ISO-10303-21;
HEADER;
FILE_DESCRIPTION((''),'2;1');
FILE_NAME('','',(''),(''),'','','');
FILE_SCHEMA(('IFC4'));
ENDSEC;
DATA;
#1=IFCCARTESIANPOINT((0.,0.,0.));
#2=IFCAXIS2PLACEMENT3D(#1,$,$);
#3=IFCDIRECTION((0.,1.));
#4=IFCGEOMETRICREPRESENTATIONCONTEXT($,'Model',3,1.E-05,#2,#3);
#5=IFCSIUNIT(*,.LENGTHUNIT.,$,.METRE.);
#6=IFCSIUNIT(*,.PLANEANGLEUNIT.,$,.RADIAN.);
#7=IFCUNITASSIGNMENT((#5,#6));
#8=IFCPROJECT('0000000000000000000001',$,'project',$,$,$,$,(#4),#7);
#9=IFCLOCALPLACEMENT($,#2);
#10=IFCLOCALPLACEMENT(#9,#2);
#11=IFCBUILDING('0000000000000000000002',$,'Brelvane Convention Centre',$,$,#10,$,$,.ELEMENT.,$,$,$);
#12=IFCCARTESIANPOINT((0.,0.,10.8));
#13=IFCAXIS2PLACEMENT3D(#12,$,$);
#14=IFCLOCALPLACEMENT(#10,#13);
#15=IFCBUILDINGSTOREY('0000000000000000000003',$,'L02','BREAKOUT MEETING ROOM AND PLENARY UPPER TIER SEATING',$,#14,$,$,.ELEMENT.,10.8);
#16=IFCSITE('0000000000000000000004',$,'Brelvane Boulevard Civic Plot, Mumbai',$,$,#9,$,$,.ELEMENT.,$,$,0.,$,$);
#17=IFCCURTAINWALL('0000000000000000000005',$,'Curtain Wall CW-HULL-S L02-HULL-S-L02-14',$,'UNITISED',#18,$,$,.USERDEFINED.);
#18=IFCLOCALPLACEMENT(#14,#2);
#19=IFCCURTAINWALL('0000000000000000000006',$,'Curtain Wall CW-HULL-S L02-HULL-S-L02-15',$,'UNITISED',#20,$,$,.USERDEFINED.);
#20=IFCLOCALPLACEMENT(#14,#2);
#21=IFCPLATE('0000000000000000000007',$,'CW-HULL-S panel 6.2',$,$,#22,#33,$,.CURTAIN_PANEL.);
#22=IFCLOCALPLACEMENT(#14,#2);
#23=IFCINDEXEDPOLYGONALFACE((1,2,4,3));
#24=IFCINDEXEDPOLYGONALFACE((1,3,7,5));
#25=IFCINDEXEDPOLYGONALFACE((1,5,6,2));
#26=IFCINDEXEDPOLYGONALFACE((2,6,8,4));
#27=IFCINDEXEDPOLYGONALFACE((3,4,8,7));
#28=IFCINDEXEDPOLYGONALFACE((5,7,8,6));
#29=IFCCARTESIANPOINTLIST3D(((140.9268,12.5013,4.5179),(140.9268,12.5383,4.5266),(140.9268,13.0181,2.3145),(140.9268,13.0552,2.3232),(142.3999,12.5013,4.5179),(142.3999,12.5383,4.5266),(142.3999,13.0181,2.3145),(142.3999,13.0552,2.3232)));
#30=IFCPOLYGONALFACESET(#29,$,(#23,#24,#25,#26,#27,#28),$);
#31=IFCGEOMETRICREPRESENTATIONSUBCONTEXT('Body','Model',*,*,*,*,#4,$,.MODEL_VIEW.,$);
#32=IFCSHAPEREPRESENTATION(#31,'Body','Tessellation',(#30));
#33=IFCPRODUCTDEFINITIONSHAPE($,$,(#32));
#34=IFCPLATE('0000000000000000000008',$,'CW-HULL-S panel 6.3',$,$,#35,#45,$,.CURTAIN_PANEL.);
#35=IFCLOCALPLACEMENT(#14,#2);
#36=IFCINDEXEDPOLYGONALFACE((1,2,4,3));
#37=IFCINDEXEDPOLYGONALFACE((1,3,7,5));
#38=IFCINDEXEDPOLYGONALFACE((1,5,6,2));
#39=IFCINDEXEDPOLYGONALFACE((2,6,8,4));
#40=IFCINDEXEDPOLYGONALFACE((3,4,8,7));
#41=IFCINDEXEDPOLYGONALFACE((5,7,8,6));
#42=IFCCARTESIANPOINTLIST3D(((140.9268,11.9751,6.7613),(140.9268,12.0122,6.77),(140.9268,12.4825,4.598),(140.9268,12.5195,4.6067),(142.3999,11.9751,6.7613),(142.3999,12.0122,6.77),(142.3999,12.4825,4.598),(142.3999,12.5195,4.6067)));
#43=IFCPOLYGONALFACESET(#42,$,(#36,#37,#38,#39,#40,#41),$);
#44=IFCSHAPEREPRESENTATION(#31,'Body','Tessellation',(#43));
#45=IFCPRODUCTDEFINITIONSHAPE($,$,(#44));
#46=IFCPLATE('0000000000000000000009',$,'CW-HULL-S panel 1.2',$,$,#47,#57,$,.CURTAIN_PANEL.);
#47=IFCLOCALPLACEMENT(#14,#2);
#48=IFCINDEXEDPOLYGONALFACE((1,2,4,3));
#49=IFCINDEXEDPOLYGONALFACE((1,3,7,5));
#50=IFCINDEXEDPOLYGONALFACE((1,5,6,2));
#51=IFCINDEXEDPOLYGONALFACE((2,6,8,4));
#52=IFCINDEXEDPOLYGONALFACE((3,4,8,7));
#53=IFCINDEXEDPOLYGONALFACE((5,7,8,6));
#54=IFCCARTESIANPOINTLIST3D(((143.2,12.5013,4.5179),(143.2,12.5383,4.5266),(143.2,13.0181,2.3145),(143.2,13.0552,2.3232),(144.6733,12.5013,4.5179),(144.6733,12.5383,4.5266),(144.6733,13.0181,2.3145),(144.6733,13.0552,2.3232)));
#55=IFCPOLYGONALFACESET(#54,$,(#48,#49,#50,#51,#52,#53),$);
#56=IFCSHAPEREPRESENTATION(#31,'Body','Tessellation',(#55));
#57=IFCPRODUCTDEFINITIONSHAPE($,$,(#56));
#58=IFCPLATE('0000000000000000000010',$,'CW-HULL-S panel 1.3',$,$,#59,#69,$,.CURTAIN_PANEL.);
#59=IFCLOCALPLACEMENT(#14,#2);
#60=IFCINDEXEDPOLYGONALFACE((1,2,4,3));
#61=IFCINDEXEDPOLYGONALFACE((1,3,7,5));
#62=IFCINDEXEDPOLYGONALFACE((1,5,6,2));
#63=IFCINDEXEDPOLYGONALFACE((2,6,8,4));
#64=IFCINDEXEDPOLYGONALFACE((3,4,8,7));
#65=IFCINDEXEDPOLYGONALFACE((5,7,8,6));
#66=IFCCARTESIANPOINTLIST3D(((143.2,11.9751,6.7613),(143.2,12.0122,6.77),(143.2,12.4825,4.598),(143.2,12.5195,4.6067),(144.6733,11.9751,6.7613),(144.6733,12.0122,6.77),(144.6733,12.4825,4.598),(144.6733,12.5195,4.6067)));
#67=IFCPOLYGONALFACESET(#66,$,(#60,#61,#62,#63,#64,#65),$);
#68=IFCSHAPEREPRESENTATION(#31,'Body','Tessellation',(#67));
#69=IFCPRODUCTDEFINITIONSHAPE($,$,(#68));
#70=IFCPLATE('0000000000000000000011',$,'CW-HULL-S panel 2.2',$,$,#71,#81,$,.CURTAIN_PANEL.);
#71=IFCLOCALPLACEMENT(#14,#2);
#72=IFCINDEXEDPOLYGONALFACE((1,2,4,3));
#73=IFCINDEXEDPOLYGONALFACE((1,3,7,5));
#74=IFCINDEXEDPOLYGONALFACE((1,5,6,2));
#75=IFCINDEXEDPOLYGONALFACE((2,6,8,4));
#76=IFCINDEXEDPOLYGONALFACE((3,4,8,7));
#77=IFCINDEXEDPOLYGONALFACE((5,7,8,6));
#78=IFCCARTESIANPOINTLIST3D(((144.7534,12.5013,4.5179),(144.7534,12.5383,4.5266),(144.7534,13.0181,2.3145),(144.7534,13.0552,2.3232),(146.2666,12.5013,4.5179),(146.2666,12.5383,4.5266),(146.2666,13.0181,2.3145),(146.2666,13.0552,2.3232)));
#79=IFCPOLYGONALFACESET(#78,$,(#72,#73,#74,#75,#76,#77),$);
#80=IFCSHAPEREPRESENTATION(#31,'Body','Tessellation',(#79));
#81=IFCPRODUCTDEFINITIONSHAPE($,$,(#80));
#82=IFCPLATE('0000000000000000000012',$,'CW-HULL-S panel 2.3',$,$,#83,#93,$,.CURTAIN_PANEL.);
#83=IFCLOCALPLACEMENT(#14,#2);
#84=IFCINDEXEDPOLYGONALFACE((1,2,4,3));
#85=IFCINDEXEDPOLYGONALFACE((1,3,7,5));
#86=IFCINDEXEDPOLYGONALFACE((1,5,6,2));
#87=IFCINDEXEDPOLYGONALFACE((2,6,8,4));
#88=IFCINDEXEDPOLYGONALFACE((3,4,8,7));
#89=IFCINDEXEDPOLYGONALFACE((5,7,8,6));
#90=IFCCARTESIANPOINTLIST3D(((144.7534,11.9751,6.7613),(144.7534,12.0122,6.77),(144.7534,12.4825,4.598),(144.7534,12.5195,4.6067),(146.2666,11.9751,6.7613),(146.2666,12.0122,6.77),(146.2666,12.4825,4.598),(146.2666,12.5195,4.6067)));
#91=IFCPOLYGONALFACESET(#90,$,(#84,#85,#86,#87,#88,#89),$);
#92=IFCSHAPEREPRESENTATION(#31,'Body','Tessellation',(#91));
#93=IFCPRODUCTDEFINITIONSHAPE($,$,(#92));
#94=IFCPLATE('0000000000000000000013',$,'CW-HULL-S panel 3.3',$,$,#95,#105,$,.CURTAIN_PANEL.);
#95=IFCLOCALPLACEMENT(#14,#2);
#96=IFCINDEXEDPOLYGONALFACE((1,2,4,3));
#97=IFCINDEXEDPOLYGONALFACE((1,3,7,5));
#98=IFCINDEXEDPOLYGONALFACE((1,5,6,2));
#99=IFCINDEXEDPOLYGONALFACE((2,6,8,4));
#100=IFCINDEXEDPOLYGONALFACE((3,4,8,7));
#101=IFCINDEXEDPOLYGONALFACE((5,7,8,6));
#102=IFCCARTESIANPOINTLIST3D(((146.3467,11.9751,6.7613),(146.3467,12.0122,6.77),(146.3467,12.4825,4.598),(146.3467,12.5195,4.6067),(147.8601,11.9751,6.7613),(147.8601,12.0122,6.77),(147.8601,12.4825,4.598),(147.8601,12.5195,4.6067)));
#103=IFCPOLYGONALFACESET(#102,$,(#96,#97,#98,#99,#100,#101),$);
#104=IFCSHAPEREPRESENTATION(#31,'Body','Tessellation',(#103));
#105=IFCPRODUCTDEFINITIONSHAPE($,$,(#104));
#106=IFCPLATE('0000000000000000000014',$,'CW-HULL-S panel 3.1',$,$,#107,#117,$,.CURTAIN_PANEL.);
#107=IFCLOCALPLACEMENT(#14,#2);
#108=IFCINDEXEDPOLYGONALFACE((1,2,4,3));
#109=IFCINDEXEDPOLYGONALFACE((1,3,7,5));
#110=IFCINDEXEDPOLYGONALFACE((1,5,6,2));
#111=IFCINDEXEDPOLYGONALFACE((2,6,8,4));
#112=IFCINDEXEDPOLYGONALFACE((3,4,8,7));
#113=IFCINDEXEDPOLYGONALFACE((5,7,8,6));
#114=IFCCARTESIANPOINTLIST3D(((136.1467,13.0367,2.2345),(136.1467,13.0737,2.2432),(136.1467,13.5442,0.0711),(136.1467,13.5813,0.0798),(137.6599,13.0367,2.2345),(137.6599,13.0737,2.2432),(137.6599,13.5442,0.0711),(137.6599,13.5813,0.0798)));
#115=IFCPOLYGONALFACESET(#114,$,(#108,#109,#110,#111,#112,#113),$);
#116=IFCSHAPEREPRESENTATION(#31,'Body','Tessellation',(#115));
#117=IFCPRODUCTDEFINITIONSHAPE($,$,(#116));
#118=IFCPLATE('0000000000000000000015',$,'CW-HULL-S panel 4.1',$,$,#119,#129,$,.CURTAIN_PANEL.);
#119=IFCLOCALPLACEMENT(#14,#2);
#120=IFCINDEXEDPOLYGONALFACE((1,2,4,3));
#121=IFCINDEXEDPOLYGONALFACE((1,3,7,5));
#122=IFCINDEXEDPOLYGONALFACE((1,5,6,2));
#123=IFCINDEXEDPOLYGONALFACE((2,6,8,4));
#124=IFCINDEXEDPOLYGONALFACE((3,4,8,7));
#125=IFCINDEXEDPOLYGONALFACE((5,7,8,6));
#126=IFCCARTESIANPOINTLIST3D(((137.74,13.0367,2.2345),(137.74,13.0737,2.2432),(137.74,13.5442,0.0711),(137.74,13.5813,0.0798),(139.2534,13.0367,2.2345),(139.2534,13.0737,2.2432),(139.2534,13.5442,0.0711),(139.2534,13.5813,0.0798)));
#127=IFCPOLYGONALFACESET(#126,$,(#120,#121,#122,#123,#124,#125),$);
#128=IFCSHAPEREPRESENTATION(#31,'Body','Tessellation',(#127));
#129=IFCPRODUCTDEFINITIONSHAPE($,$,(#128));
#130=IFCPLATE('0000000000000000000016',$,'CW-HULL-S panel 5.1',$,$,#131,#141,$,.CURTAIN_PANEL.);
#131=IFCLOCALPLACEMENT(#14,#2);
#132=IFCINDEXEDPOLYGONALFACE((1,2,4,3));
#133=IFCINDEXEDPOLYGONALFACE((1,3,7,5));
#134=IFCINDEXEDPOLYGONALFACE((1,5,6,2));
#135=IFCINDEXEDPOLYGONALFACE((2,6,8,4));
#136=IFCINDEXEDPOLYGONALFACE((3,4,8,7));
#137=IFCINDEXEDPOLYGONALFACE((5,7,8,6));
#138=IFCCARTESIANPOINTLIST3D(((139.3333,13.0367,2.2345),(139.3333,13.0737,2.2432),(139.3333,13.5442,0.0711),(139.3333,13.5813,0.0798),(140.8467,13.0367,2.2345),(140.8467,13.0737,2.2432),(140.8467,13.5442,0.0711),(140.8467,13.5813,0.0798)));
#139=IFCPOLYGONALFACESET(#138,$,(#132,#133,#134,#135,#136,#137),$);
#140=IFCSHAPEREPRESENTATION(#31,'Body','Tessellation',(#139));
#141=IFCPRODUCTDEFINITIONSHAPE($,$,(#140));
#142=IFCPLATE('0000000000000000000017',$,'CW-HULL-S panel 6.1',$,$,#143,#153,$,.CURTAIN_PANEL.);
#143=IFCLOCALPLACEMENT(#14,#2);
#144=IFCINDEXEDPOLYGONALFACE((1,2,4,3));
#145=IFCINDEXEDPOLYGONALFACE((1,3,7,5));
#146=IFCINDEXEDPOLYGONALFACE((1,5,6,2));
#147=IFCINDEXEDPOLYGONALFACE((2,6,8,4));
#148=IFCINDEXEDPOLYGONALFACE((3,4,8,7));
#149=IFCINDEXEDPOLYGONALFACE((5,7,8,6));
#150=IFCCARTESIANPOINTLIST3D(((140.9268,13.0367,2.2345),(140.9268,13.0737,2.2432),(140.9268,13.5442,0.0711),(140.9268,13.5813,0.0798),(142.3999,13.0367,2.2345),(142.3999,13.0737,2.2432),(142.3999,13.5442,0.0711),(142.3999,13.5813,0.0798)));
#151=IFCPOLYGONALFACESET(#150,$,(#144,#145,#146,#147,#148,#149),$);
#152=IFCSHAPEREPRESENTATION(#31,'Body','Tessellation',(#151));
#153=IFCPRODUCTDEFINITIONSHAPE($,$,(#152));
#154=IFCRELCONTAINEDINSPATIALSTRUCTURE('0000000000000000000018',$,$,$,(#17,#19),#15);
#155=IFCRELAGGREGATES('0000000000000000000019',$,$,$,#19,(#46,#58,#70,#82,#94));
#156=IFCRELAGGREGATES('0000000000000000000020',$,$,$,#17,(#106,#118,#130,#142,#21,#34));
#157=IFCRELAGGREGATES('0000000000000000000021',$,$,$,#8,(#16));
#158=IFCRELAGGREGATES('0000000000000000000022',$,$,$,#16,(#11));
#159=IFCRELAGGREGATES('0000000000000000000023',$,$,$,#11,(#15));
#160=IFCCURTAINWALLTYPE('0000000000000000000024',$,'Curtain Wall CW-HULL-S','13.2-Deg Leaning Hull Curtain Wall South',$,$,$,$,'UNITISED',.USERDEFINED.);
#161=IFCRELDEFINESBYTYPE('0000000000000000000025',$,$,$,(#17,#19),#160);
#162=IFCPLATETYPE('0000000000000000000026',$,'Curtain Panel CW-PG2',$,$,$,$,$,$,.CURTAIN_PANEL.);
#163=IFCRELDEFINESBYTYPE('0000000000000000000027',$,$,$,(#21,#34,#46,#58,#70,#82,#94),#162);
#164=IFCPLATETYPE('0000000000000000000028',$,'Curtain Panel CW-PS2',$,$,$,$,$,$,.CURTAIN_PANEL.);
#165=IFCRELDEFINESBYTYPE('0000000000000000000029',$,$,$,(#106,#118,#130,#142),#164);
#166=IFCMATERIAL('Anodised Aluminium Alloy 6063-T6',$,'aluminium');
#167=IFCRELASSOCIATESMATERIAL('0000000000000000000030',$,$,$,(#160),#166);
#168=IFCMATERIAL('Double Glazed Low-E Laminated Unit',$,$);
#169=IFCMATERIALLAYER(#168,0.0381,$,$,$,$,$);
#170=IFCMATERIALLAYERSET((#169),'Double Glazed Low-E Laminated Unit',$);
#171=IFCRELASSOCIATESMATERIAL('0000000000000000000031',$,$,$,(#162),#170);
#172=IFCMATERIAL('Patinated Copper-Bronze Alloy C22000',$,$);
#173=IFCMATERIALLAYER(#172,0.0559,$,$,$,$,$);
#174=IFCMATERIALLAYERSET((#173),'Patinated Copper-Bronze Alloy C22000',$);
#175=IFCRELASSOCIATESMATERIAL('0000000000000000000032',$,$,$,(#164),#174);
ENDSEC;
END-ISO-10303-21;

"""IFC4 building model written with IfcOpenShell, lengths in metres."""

from ifc_helpers import new_model, si_unit, direction, frame, origin, place, context, subcontext, project, spatial, polyline, outline, extrude, material, layer, layer_set, type_object, element, aggregate, save


model = new_model("IFC4")

# Units and contexts
model_context = context("Model", 3, precision=1e-05, world=origin(), true_north=direction((0.0, 1.0)))
body_context = subcontext(model_context, "Body", "Model", "MODEL_VIEW")
ifc_project = project(units=[si_unit("LENGTHUNIT", "METRE"), si_unit("PLANEANGLEUNIT", "RADIAN")], contexts=[model_context])

# Site, building, storey
site_placement = place(None, origin())
site = spatial("IfcSite", under=ifc_project, at=site_placement, Name="Brelvane Boulevard Civic Plot, Mumbai", CompositionType="ELEMENT", RefElevation=0.0)
building_placement = place(site_placement, origin())
building = spatial("IfcBuilding", under=site, at=building_placement, Name="Brelvane Convention Centre", CompositionType="ELEMENT")
storey_placement = place(building_placement, frame((0.0, 0.0, 10.8)))
storey = spatial("IfcBuildingStorey", under=building, at=storey_placement, Name="L02", Description="BREAKOUT MEETING ROOM AND PLENARY UPPER TIER SEATING", CompositionType="ELEMENT", Elevation=10.8)

# Curtain walls
ifc_material_1 = material(Name="Anodised Aluminium Alloy 6063-T6", Category="aluminium")
curtain_wall_type = type_object("IfcCurtainWallType", Name="Curtain Wall CW-HULL-S", Description="13.2-Deg Leaning Hull Curtain Wall South", ElementType="UNITISED", PredefinedType="USERDEFINED", material=ifc_material_1)
curtain_wall_1_placement = place(storey_placement, origin())
curtain_wall_1 = element("IfcCurtainWall", 1, at=curtain_wall_1_placement, inside=storey, type_object=curtain_wall_type, Name="Curtain Wall CW-HULL-S L02-HULL-S-L02-14", ObjectType="UNITISED", PredefinedType="USERDEFINED")
curtain_wall_2_placement = place(storey_placement, origin())
curtain_wall_2 = element("IfcCurtainWall", 2, at=curtain_wall_2_placement, inside=storey, type_object=curtain_wall_type, Name="Curtain Wall CW-HULL-S L02-HULL-S-L02-15", ObjectType="UNITISED", PredefinedType="USERDEFINED")

# Plates
ifc_material_2 = material(Name="Double Glazed Low-E Laminated Unit")
ifc_layer_1 = layer(ifc_material_2, 0.0381)
ifc_layer_set_1 = layer_set([ifc_layer_1], Name="Double Glazed Low-E Laminated Unit")
plate_type_1 = type_object("IfcPlateType", Name="Curtain Panel CW-PG2", PredefinedType="CURTAIN_PANEL", material=ifc_layer_set_1)
plate_1_placement = place(storey_placement, frame((140.9268, 13.0552, 2.3232), z_axis=(0.0, 0.973574, 0.228372), x_axis=(1.0, 0.0, 0.0)))
plate_1 = element("IfcPlate", 3, at=plate_1_placement, type_object=plate_type_1, Name="CW-HULL-S panel 6.2", PredefinedType="CURTAIN_PANEL", context=body_context, shape_type="SweptSolid", body=[
    extrude(outline(polyline([(0.0, 0.0), (1.4731, 0.0), (1.4731, -2.2632), (0.0, -2.2632), (0.0, 0.0)])), origin(), (0.0, 0.0, -1.0), 0.0381),
])
plate_2_placement = place(storey_placement, frame((140.9268, 12.5195, 4.6067), z_axis=(0.0, 0.973587, 0.228317), x_axis=(1.0, 0.0, 0.0)))
plate_2 = element("IfcPlate", 4, at=plate_2_placement, type_object=plate_type_1, Name="CW-HULL-S panel 6.3", PredefinedType="CURTAIN_PANEL", context=body_context, shape_type="SweptSolid", body=[
    extrude(outline(polyline([(0.0, 0.0), (1.4731, 0.0), (1.4731, -2.222), (0.0, -2.222), (0.0, 0.0)])), origin(), (0.0, 0.0, -1.0), 0.0381),
])
plate_3_placement = place(storey_placement, frame((143.2, 13.0552, 2.3232), z_axis=(0.0, 0.973574, 0.228372), x_axis=(1.0, 0.0, 0.0)))
plate_3 = element("IfcPlate", 5, at=plate_3_placement, type_object=plate_type_1, Name="CW-HULL-S panel 1.2", PredefinedType="CURTAIN_PANEL", context=body_context, shape_type="SweptSolid", body=[
    extrude(outline(polyline([(0.0, 0.0), (1.4734, 0.0), (1.4734, -2.2632), (0.0, -2.2632), (0.0, 0.0)])), origin(), (0.0, 0.0, -1.0), 0.0381),
])
plate_4_placement = place(storey_placement, frame((143.2, 12.5195, 4.6067), z_axis=(0.0, 0.973587, 0.228317), x_axis=(1.0, 0.0, 0.0)))
plate_4 = element("IfcPlate", 6, at=plate_4_placement, type_object=plate_type_1, Name="CW-HULL-S panel 1.3", PredefinedType="CURTAIN_PANEL", context=body_context, shape_type="SweptSolid", body=[
    extrude(outline(polyline([(0.0, 0.0), (1.4734, 0.0), (1.4734, -2.222), (0.0, -2.222), (0.0, 0.0)])), origin(), (0.0, 0.0, -1.0), 0.0381),
])
plate_5_placement = place(storey_placement, frame((144.7534, 13.0552, 2.3232), z_axis=(0.0, 0.973574, 0.228372), x_axis=(1.0, 0.0, 0.0)))
plate_5 = element("IfcPlate", 7, at=plate_5_placement, type_object=plate_type_1, Name="CW-HULL-S panel 2.2", PredefinedType="CURTAIN_PANEL", context=body_context, shape_type="SweptSolid", body=[
    extrude(outline(polyline([(0.0, 0.0), (1.5132, 0.0), (1.5132, -2.2632), (0.0, -2.2632), (0.0, 0.0)])), origin(), (0.0, 0.0, -1.0), 0.0381),
])
plate_6_placement = place(storey_placement, frame((144.7534, 12.5195, 4.6067), z_axis=(0.0, 0.973587, 0.228317), x_axis=(1.0, 0.0, 0.0)))
plate_6 = element("IfcPlate", 8, at=plate_6_placement, type_object=plate_type_1, Name="CW-HULL-S panel 2.3", PredefinedType="CURTAIN_PANEL", context=body_context, shape_type="SweptSolid", body=[
    extrude(outline(polyline([(0.0, 0.0), (1.5132, 0.0), (1.5132, -2.222), (0.0, -2.222), (0.0, 0.0)])), origin(), (0.0, 0.0, -1.0), 0.0381),
])
plate_7_placement = place(storey_placement, frame((146.3467, 12.5195, 4.6067), z_axis=(0.0, 0.973587, 0.228317), x_axis=(1.0, 0.0, 0.0)))
plate_7 = element("IfcPlate", 9, at=plate_7_placement, type_object=plate_type_1, Name="CW-HULL-S panel 3.3", PredefinedType="CURTAIN_PANEL", context=body_context, shape_type="SweptSolid", body=[
    extrude(outline(polyline([(0.0, 0.0), (1.5134, 0.0), (1.5134, -2.222), (0.0, -2.222), (0.0, 0.0)])), origin(), (0.0, 0.0, -1.0), 0.0381),
])
aggregate(curtain_wall_2, [plate_3, plate_4, plate_5, plate_6, plate_7])
ifc_material_3 = material(Name="Patinated Copper-Bronze Alloy C22000")
ifc_layer_2 = layer(ifc_material_3, 0.0559)
ifc_layer_set_2 = layer_set([ifc_layer_2], Name="Patinated Copper-Bronze Alloy C22000")
plate_type_2 = type_object("IfcPlateType", Name="Curtain Panel CW-PS2", PredefinedType="CURTAIN_PANEL", material=ifc_layer_set_2)
plate_8_placement = place(storey_placement, frame((136.1467, 13.5813, 0.0798), z_axis=(0.0, 0.973563, 0.228421), x_axis=(1.0, 0.0, 0.0)))
plate_8 = element("IfcPlate", 10, at=plate_8_placement, type_object=plate_type_2, Name="CW-HULL-S panel 3.1", PredefinedType="CURTAIN_PANEL", context=body_context, shape_type="SweptSolid", body=[
    extrude(outline(polyline([(0.0, 0.0), (1.5132, 0.0), (1.5132, -2.2221), (0.0, -2.2221), (0.0, 0.0)])), origin(), (0.0, 0.0, -1.0), 0.0381),
])
plate_9_placement = place(storey_placement, frame((137.74, 13.5813, 0.0798), z_axis=(0.0, 0.973563, 0.228421), x_axis=(1.0, 0.0, 0.0)))
plate_9 = element("IfcPlate", 11, at=plate_9_placement, type_object=plate_type_2, Name="CW-HULL-S panel 4.1", PredefinedType="CURTAIN_PANEL", context=body_context, shape_type="SweptSolid", body=[
    extrude(outline(polyline([(0.0, 0.0), (1.5134, 0.0), (1.5134, -2.2221), (0.0, -2.2221), (0.0, 0.0)])), origin(), (0.0, 0.0, -1.0), 0.0381),
])
plate_10_placement = place(storey_placement, frame((139.3333, 13.5813, 0.0798), z_axis=(0.0, 0.973563, 0.228421), x_axis=(1.0, 0.0, 0.0)))
plate_10 = element("IfcPlate", 12, at=plate_10_placement, type_object=plate_type_2, Name="CW-HULL-S panel 5.1", PredefinedType="CURTAIN_PANEL", context=body_context, shape_type="SweptSolid", body=[
    extrude(outline(polyline([(0.0, 0.0), (1.5134, 0.0), (1.5134, -2.2221), (0.0, -2.2221), (0.0, 0.0)])), origin(), (0.0, 0.0, -1.0), 0.0381),
])
plate_11_placement = place(storey_placement, frame((140.9268, 13.5813, 0.0798), z_axis=(0.0, 0.973563, 0.228421), x_axis=(1.0, 0.0, 0.0)))
plate_11 = element("IfcPlate", 13, at=plate_11_placement, type_object=plate_type_2, Name="CW-HULL-S panel 6.1", PredefinedType="CURTAIN_PANEL", context=body_context, shape_type="SweptSolid", body=[
    extrude(outline(polyline([(0.0, 0.0), (1.4731, 0.0), (1.4731, -2.2221), (0.0, -2.2221), (0.0, 0.0)])), origin(), (0.0, 0.0, -1.0), 0.0381),
])
aggregate(curtain_wall_1, [plate_8, plate_9, plate_10, plate_11, plate_1, plate_2])

save(model, "model.ifc")
